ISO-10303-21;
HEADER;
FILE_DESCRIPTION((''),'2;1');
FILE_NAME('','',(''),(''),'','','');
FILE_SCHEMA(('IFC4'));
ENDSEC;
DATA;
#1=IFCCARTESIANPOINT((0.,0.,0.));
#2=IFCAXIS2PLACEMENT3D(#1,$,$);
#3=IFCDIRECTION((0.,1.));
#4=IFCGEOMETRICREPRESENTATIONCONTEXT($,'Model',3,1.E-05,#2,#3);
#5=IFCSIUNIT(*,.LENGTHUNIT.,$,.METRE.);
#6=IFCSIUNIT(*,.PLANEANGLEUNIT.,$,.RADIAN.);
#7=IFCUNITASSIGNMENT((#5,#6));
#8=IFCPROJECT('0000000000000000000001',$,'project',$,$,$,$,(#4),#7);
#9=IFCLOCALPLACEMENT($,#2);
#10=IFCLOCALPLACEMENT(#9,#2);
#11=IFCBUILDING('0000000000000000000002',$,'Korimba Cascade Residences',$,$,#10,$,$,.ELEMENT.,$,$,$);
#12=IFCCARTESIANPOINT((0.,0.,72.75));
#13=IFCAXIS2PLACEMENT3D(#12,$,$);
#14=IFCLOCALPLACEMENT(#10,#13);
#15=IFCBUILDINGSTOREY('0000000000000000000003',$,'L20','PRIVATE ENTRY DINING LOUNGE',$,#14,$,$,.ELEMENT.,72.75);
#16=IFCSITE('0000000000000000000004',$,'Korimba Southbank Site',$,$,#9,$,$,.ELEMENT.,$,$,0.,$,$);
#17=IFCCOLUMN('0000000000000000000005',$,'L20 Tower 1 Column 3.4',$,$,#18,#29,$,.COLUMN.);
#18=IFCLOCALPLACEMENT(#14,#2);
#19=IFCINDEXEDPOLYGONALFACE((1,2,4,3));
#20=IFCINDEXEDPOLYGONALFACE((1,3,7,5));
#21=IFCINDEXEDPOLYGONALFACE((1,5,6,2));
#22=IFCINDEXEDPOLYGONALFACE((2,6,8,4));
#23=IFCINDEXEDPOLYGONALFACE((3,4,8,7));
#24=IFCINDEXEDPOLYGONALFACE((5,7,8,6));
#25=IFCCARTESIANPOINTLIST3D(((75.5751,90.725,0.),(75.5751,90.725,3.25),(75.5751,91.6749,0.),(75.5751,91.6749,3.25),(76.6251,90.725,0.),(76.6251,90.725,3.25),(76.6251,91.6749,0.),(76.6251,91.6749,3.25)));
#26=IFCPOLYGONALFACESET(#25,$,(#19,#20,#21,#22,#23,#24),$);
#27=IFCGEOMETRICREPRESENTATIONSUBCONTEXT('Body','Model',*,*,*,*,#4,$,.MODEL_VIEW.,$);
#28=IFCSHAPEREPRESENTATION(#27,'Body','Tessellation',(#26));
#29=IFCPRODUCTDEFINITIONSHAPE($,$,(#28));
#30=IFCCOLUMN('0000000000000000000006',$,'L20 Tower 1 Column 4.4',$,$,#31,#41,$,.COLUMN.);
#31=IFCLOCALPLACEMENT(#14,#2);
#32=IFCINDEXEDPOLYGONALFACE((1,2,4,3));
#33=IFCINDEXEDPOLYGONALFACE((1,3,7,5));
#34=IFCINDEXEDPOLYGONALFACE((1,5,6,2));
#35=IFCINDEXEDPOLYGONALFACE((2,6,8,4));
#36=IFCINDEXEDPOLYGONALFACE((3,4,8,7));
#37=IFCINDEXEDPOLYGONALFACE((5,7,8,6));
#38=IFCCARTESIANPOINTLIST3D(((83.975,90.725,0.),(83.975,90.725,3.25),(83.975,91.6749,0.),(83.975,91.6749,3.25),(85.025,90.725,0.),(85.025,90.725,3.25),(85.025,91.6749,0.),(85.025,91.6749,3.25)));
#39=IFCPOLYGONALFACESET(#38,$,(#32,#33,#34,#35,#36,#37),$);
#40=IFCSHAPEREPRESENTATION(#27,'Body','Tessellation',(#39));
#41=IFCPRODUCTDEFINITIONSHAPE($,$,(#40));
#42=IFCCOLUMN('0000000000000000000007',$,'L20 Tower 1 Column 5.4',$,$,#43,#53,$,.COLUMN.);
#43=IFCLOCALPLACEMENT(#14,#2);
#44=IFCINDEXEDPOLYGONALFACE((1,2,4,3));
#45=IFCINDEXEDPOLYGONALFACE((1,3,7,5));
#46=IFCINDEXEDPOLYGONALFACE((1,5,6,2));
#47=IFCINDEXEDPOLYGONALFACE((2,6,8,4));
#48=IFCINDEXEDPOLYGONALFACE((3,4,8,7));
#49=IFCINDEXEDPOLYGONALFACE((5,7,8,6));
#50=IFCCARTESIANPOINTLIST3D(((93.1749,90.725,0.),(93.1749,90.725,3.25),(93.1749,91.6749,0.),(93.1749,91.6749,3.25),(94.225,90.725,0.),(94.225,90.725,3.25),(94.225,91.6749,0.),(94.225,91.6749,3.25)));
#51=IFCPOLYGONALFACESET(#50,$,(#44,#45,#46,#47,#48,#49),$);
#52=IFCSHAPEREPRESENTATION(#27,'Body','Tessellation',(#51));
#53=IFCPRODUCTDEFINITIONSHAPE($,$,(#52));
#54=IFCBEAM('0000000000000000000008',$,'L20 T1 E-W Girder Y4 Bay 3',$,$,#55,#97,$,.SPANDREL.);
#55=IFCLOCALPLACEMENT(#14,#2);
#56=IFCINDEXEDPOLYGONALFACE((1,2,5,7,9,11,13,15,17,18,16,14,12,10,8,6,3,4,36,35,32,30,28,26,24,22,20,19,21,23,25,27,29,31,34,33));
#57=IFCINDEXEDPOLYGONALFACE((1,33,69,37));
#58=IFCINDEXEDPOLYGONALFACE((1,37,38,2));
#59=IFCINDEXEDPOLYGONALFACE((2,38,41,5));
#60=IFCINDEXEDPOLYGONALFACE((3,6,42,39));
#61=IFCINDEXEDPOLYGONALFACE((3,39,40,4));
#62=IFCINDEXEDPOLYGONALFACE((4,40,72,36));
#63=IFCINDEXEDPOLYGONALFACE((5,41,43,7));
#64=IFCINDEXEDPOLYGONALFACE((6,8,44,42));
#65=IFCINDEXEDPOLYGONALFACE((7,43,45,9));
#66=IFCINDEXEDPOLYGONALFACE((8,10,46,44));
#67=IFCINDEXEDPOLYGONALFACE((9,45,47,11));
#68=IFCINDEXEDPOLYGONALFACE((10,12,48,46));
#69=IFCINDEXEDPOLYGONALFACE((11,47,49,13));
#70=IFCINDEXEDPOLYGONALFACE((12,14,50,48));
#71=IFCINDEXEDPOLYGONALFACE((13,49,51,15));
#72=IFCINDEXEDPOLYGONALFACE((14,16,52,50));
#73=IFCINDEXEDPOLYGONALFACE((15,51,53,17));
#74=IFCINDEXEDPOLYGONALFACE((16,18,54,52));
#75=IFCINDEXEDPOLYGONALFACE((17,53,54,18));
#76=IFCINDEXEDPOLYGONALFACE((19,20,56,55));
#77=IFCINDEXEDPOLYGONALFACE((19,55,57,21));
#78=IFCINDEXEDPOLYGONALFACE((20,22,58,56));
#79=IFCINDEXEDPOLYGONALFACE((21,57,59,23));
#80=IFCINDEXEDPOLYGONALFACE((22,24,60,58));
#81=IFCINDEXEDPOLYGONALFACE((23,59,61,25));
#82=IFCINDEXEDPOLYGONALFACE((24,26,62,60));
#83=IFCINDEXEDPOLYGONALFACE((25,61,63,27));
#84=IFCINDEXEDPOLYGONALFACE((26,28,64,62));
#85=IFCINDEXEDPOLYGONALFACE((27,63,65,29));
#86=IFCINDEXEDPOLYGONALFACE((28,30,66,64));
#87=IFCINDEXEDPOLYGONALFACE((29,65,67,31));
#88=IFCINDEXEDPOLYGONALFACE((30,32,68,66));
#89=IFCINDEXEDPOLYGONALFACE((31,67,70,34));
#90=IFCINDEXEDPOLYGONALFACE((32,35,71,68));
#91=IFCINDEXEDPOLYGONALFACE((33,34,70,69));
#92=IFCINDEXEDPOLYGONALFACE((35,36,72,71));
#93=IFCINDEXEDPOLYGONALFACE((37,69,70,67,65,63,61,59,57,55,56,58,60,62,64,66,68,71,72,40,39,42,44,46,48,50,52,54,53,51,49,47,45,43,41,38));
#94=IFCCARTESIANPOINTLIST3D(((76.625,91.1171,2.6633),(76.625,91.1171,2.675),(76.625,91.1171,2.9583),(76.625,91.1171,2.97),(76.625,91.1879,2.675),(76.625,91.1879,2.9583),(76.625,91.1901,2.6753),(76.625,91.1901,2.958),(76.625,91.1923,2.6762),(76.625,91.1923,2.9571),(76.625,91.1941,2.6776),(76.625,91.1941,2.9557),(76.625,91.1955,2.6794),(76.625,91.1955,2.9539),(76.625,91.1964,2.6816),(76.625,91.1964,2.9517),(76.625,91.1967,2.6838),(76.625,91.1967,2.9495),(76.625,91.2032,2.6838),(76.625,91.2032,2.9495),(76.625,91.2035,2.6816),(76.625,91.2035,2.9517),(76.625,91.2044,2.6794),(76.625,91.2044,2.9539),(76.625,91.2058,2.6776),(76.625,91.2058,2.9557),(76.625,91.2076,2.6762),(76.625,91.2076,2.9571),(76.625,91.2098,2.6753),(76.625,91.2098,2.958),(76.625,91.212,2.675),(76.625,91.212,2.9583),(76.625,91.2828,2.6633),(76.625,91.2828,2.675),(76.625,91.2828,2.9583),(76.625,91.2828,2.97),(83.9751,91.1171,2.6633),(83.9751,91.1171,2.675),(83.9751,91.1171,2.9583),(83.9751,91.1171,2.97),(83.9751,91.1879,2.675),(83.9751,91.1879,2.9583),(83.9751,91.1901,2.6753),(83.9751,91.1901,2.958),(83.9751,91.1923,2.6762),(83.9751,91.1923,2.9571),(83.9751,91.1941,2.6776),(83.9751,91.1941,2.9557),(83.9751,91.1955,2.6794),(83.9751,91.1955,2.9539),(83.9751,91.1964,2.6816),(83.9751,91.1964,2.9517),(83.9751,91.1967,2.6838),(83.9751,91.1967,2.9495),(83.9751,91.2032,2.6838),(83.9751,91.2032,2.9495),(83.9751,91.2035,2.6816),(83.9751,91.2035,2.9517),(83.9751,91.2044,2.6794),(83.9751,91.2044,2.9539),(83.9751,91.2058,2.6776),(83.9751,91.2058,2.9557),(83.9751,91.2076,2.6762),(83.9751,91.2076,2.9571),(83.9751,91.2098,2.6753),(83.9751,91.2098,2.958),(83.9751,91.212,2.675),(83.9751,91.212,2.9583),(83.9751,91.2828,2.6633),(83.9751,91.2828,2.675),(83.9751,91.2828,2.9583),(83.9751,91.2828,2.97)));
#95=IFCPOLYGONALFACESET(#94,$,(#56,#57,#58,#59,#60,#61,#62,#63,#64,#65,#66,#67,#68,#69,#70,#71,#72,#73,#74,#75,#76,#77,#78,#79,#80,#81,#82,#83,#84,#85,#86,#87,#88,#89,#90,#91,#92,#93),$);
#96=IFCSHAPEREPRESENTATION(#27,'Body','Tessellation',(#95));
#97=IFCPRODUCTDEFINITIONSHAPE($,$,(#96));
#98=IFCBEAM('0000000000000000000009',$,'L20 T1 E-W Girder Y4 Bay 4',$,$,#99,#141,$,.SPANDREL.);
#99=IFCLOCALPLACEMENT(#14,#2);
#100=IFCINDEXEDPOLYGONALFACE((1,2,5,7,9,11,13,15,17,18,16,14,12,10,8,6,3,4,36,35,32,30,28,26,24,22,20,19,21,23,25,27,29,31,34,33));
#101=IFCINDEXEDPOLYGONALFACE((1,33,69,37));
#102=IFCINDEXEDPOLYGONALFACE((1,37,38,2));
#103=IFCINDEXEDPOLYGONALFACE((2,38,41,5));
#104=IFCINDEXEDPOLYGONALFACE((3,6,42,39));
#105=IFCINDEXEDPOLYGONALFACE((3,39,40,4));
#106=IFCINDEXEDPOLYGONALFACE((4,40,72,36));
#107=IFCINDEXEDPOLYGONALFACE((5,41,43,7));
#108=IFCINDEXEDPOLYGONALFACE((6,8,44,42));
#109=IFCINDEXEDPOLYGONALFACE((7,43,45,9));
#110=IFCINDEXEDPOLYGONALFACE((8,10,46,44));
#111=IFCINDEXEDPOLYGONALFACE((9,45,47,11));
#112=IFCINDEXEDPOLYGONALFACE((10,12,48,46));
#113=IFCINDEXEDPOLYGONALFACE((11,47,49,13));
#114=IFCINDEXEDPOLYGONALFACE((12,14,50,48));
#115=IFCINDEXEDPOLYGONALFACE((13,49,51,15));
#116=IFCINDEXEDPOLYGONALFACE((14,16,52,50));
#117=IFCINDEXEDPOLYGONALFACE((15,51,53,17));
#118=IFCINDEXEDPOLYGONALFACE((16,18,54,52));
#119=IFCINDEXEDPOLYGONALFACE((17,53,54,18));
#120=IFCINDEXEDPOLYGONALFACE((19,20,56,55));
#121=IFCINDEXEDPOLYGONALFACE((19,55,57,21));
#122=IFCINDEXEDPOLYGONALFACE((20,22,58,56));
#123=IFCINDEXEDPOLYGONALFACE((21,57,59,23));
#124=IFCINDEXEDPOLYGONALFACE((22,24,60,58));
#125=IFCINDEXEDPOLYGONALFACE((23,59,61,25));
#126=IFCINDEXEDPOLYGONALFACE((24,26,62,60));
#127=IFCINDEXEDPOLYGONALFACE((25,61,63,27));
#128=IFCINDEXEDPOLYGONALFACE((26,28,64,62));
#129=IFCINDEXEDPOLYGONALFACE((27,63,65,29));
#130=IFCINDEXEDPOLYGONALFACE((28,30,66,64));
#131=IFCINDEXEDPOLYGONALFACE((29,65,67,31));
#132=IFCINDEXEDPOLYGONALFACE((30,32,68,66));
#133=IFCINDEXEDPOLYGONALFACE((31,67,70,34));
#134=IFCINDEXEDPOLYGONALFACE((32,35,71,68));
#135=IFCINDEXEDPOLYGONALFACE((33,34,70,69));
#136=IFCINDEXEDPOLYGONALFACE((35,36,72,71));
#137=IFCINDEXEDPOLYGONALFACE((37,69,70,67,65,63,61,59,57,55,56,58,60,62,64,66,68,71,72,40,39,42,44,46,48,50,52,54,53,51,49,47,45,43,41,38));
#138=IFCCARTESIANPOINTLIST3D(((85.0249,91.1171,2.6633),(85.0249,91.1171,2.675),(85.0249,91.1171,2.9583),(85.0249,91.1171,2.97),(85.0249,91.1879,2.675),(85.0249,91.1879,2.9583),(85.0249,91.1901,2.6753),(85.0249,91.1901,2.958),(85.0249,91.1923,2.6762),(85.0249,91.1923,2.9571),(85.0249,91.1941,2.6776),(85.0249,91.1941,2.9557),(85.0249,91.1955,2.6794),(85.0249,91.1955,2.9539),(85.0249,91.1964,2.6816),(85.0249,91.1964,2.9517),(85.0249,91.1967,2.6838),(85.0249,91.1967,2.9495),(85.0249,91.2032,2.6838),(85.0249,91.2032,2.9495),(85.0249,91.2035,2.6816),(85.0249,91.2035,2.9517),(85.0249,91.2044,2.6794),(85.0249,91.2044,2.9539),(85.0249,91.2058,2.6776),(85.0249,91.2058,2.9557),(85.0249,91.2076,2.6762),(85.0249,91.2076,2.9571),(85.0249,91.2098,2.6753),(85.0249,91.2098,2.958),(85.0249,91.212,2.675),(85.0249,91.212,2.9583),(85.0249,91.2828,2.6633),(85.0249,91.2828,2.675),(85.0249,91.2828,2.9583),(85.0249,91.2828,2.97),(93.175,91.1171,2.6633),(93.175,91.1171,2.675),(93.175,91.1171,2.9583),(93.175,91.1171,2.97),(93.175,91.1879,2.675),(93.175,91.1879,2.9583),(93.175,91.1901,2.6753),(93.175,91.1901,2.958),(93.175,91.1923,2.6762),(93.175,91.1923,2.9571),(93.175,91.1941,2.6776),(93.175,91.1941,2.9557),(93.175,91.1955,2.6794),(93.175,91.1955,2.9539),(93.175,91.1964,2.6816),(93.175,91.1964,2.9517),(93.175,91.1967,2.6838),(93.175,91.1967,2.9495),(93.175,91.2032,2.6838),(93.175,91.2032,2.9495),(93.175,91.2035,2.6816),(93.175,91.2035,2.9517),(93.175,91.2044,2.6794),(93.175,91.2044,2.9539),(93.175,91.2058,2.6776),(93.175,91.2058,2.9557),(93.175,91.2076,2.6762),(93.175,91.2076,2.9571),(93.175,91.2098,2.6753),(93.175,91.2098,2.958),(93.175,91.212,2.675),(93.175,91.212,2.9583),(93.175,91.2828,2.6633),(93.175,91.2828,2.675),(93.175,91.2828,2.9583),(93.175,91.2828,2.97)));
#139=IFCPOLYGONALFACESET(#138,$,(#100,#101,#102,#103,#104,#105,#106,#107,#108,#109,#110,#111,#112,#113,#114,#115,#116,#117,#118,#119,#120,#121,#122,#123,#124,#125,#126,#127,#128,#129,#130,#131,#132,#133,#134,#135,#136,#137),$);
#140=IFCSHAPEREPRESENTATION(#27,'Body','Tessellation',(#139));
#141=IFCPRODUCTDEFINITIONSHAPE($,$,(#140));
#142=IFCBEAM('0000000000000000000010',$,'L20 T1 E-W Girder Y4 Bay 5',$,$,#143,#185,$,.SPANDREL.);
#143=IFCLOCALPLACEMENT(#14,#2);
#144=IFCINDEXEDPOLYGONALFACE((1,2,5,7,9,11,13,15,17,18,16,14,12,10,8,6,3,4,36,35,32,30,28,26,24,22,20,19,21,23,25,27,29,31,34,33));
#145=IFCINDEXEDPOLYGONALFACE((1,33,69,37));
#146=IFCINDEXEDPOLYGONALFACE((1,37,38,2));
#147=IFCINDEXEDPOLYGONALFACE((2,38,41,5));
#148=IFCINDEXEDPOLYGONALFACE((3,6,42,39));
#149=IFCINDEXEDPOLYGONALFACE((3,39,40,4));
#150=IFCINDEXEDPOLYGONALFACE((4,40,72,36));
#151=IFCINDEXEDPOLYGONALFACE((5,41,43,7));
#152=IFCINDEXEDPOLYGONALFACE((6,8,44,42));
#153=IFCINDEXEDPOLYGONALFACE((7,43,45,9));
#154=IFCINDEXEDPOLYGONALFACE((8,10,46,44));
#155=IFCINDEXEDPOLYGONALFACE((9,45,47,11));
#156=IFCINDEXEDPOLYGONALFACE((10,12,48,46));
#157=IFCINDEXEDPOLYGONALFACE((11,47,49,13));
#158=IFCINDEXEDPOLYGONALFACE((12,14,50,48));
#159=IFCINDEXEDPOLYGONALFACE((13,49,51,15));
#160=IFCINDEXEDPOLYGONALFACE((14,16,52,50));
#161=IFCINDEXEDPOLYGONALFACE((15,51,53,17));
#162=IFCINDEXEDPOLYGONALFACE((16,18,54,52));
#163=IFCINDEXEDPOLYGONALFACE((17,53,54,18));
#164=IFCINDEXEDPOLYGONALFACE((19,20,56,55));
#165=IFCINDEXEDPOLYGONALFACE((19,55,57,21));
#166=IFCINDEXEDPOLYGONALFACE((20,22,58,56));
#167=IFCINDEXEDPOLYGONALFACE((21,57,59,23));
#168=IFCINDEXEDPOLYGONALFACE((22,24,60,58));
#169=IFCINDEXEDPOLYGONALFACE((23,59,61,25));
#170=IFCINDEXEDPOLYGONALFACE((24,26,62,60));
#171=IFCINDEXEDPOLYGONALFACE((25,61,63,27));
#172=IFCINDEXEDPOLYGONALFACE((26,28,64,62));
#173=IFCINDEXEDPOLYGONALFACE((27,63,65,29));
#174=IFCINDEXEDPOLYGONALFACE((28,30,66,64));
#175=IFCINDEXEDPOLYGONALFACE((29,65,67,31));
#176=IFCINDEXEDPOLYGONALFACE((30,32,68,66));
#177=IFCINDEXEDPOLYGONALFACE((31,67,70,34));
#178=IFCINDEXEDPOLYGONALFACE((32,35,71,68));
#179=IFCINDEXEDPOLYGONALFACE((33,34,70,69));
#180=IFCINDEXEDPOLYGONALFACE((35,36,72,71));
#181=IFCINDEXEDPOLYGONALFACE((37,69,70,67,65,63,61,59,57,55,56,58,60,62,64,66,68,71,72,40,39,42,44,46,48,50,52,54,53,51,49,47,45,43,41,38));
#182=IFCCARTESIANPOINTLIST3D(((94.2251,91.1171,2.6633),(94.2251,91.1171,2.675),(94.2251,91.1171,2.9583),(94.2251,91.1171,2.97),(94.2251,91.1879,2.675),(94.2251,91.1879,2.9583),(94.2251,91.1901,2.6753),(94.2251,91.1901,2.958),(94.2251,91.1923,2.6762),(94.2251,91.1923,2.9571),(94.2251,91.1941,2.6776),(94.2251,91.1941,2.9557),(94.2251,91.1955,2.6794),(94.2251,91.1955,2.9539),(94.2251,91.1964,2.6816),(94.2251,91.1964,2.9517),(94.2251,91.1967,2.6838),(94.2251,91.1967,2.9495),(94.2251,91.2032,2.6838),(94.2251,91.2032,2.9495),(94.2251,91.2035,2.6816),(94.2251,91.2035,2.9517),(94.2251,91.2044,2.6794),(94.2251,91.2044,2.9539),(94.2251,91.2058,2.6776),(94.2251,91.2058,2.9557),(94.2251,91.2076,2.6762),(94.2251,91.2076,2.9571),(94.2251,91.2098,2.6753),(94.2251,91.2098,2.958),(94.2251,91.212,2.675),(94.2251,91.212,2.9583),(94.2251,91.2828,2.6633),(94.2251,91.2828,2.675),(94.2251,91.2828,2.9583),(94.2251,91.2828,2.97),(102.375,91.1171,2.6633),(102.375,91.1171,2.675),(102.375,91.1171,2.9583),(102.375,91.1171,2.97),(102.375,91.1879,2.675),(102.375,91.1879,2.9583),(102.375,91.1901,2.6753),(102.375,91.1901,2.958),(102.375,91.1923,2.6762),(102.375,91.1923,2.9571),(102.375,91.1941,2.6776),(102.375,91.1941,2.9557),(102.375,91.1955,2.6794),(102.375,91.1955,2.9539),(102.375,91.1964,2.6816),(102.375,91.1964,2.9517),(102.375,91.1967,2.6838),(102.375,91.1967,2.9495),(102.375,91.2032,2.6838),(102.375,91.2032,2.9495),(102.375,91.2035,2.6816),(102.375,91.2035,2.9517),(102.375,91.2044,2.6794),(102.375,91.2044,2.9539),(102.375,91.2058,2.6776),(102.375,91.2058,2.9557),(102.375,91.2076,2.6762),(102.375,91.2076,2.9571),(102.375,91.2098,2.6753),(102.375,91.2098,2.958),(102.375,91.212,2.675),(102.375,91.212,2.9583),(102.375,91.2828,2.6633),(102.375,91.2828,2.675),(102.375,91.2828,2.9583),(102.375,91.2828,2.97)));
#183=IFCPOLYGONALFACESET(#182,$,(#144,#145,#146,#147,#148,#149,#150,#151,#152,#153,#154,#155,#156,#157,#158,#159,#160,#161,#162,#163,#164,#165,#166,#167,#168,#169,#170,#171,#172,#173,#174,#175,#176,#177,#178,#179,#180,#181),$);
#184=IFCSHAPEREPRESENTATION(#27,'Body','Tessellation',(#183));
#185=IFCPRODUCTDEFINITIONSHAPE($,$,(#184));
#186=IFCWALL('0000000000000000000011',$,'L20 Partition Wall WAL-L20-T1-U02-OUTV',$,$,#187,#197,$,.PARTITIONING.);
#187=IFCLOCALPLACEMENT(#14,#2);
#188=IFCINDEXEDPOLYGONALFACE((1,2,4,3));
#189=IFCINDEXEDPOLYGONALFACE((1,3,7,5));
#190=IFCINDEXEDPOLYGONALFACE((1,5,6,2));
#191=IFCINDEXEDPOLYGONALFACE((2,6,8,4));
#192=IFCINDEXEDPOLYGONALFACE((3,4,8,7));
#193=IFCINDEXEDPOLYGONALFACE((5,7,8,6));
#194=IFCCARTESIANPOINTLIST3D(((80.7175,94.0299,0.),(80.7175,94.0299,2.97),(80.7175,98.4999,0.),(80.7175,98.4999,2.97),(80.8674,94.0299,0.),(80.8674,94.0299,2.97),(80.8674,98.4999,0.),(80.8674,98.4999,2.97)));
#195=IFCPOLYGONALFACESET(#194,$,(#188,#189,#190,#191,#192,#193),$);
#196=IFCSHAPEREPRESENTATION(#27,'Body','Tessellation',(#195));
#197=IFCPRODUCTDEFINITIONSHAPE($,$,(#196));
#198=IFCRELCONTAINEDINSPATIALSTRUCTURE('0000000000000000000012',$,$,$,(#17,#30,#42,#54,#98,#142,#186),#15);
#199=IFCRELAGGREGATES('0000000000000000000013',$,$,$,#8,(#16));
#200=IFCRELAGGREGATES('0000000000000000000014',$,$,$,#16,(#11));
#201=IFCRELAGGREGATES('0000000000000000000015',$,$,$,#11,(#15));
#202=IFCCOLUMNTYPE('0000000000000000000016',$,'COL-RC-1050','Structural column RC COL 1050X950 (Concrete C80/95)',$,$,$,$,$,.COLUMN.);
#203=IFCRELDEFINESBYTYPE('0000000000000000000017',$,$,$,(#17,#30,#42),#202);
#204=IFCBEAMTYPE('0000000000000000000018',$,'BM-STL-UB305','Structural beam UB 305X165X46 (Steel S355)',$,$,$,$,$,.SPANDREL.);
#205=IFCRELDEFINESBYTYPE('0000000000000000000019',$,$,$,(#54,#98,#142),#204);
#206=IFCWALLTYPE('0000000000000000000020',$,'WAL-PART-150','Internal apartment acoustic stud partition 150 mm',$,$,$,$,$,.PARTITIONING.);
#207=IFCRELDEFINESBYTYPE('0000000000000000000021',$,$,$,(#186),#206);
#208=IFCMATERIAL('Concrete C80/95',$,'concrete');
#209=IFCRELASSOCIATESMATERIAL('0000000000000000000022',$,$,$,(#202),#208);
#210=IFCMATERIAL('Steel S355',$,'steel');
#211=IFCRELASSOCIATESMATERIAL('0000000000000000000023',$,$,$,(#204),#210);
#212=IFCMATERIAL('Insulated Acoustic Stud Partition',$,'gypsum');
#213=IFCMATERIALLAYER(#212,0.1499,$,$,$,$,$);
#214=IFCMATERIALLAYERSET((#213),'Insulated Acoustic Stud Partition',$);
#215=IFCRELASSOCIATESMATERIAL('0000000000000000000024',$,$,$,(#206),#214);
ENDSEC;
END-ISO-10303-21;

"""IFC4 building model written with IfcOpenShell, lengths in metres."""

from ifc_helpers import new_model, si_unit, direction, frame, frame_2d, origin, origin_2d, place, context, subcontext, project, spatial, rectangle, i_section, extrude, material, layer, layer_set, material_profile, profile_set, type_object, element, save


model = new_model("IFC4")

# Units and contexts
model_context = context("Model", 3, precision=1e-05, world=origin(), true_north=direction((0.0, 1.0)))
body_context = subcontext(model_context, "Body", "Model", "MODEL_VIEW")
ifc_project = project(units=[si_unit("LENGTHUNIT", "METRE"), si_unit("PLANEANGLEUNIT", "RADIAN")], contexts=[model_context])

# Site, building, storey
site_placement = place(None, origin())
site = spatial("IfcSite", under=ifc_project, at=site_placement, Name="Korimba Southbank Site", CompositionType="ELEMENT", RefElevation=0.0)
building_placement = place(site_placement, origin())
building = spatial("IfcBuilding", under=site, at=building_placement, Name="Korimba Cascade Residences", CompositionType="ELEMENT")
storey_placement = place(building_placement, frame((0.0, 0.0, 72.75)))
storey = spatial("IfcBuildingStorey", under=building, at=storey_placement, Name="L20", Description="PRIVATE ENTRY DINING LOUNGE", CompositionType="ELEMENT", Elevation=72.75)

# Columns
ifc_material_1 = material(Name="Concrete C80/95", Category="concrete")
ifc_material_profile_1 = material_profile(ifc_material_1, rectangle(XDim=1.05, YDim=0.95, at=origin_2d()), Name="Concrete C80/95")
ifc_profile_set_1 = profile_set([ifc_material_profile_1], Name="Concrete C80/95")
column_type = type_object("IfcColumnType", Name="COL-RC-1050", Description="Structural column RC COL 1050X950 (Concrete C80/95)", PredefinedType="COLUMN", material=ifc_profile_set_1)
for number, where, z_axis, x_axis, name in (
    (1, (76.1001, 91.2, 0.0), (0.0, 0.0, 1.0), (1.0, 0.0, 0.0), "L20 Tower 1 Column 3.4"),
    (2, (84.5, 91.2, 0.0), (0.0, 0.0, 1.0), (1.0, 0.0, 0.0), "L20 Tower 1 Column 4.4"),
    (3, (93.7, 91.2, 0.0), (0.0, 0.0, 1.0), (1.0, 0.0, 0.0), "L20 Tower 1 Column 5.4"),
):
    element("IfcColumn", number, at=place(storey_placement, frame(where, z_axis=z_axis, x_axis=x_axis)), inside=storey, type_object=column_type, Name=name, PredefinedType="COLUMN", context=body_context, shape_type="SweptSolid", body=[
        extrude(rectangle(XDim=1.05, YDim=0.95, at=origin_2d()), origin(), (0.0, 0.0, 1.0), 3.25),
    ])

# Beams
ifc_material_2 = material(Name="Steel S355", Category="steel")
ifc_material_profile_2 = material_profile(ifc_material_2, i_section(OverallWidth=0.1658, OverallDepth=0.3066, WebThickness=0.0066, FlangeThickness=0.0117, FilletRadius=0.0088, at=origin_2d()), Name="Steel S355")
ifc_profile_set_2 = profile_set([ifc_material_profile_2], Name="Steel S355")
beam_type = type_object("IfcBeamType", Name="BM-STL-UB305", Description="Structural beam UB 305X165X46 (Steel S355)", PredefinedType="SPANDREL", material=ifc_profile_set_2)
beam_1_placement = place(storey_placement, frame((76.625, 91.2, 2.8167), z_axis=(1.0, 0.0, 0.0), x_axis=(0.0, 1.0, 0.0)))
element("IfcBeam", 4, at=beam_1_placement, inside=storey, type_object=beam_type, Name="L20 T1 E-W Girder Y4 Bay 3", PredefinedType="SPANDREL", context=body_context, shape_type="SweptSolid", body=[
    extrude(i_section(OverallWidth=0.1658, OverallDepth=0.3066, WebThickness=0.0066, FlangeThickness=0.0117, FilletRadius=0.0088, at=origin_2d()), origin(), (0.0, 0.0, 1.0), 7.3501),
])
beam_2_placement = place(storey_placement, frame((85.0249, 91.2, 2.8167), z_axis=(1.0, 0.0, 0.0), x_axis=(0.0, 1.0, 0.0)))
element("IfcBeam", 5, at=beam_2_placement, inside=storey, type_object=beam_type, Name="L20 T1 E-W Girder Y4 Bay 4", PredefinedType="SPANDREL", context=body_context, shape_type="SweptSolid", body=[
    extrude(i_section(OverallWidth=0.1658, OverallDepth=0.3066, WebThickness=0.0066, FlangeThickness=0.0117, FilletRadius=0.0088, at=origin_2d()), origin(), (0.0, 0.0, 1.0), 8.1501),
])
beam_3_placement = place(storey_placement, frame((94.2251, 91.2, 2.8167), z_axis=(1.0, 0.0, 0.0), x_axis=(0.0, 1.0, 0.0)))
element("IfcBeam", 6, at=beam_3_placement, inside=storey, type_object=beam_type, Name="L20 T1 E-W Girder Y4 Bay 5", PredefinedType="SPANDREL", context=body_context, shape_type="SweptSolid", body=[
    extrude(i_section(OverallWidth=0.1658, OverallDepth=0.3066, WebThickness=0.0066, FlangeThickness=0.0117, FilletRadius=0.0088, at=origin_2d()), origin(), (0.0, 0.0, 1.0), 8.1499),
])

# Wall
ifc_material_3 = material(Name="Insulated Acoustic Stud Partition", Category="gypsum")
ifc_layer = layer(ifc_material_3, 0.1499)
ifc_layer_set = layer_set([ifc_layer], Name="Insulated Acoustic Stud Partition")
wall_type = type_object("IfcWallType", Name="WAL-PART-150", Description="Internal apartment acoustic stud partition 150 mm", PredefinedType="PARTITIONING", material=ifc_layer_set)
wall_1_placement = place(storey_placement, frame((80.7925, 94.03, 0.0), z_axis=(0.0, 0.0, 1.0), x_axis=(0.0, 1.0, 0.0)))
element("IfcWall", 7, at=wall_1_placement, inside=storey, type_object=wall_type, Name="L20 Partition Wall WAL-L20-T1-U02-OUTV", PredefinedType="PARTITIONING", context=body_context, shape_type="SweptSolid", body=[
    extrude(rectangle(XDim=4.47, YDim=0.1499, at=frame_2d((2.2349, 0.0))), origin(), (0.0, 0.0, 1.0), 2.97),
])

save(model, "model.ifc")
